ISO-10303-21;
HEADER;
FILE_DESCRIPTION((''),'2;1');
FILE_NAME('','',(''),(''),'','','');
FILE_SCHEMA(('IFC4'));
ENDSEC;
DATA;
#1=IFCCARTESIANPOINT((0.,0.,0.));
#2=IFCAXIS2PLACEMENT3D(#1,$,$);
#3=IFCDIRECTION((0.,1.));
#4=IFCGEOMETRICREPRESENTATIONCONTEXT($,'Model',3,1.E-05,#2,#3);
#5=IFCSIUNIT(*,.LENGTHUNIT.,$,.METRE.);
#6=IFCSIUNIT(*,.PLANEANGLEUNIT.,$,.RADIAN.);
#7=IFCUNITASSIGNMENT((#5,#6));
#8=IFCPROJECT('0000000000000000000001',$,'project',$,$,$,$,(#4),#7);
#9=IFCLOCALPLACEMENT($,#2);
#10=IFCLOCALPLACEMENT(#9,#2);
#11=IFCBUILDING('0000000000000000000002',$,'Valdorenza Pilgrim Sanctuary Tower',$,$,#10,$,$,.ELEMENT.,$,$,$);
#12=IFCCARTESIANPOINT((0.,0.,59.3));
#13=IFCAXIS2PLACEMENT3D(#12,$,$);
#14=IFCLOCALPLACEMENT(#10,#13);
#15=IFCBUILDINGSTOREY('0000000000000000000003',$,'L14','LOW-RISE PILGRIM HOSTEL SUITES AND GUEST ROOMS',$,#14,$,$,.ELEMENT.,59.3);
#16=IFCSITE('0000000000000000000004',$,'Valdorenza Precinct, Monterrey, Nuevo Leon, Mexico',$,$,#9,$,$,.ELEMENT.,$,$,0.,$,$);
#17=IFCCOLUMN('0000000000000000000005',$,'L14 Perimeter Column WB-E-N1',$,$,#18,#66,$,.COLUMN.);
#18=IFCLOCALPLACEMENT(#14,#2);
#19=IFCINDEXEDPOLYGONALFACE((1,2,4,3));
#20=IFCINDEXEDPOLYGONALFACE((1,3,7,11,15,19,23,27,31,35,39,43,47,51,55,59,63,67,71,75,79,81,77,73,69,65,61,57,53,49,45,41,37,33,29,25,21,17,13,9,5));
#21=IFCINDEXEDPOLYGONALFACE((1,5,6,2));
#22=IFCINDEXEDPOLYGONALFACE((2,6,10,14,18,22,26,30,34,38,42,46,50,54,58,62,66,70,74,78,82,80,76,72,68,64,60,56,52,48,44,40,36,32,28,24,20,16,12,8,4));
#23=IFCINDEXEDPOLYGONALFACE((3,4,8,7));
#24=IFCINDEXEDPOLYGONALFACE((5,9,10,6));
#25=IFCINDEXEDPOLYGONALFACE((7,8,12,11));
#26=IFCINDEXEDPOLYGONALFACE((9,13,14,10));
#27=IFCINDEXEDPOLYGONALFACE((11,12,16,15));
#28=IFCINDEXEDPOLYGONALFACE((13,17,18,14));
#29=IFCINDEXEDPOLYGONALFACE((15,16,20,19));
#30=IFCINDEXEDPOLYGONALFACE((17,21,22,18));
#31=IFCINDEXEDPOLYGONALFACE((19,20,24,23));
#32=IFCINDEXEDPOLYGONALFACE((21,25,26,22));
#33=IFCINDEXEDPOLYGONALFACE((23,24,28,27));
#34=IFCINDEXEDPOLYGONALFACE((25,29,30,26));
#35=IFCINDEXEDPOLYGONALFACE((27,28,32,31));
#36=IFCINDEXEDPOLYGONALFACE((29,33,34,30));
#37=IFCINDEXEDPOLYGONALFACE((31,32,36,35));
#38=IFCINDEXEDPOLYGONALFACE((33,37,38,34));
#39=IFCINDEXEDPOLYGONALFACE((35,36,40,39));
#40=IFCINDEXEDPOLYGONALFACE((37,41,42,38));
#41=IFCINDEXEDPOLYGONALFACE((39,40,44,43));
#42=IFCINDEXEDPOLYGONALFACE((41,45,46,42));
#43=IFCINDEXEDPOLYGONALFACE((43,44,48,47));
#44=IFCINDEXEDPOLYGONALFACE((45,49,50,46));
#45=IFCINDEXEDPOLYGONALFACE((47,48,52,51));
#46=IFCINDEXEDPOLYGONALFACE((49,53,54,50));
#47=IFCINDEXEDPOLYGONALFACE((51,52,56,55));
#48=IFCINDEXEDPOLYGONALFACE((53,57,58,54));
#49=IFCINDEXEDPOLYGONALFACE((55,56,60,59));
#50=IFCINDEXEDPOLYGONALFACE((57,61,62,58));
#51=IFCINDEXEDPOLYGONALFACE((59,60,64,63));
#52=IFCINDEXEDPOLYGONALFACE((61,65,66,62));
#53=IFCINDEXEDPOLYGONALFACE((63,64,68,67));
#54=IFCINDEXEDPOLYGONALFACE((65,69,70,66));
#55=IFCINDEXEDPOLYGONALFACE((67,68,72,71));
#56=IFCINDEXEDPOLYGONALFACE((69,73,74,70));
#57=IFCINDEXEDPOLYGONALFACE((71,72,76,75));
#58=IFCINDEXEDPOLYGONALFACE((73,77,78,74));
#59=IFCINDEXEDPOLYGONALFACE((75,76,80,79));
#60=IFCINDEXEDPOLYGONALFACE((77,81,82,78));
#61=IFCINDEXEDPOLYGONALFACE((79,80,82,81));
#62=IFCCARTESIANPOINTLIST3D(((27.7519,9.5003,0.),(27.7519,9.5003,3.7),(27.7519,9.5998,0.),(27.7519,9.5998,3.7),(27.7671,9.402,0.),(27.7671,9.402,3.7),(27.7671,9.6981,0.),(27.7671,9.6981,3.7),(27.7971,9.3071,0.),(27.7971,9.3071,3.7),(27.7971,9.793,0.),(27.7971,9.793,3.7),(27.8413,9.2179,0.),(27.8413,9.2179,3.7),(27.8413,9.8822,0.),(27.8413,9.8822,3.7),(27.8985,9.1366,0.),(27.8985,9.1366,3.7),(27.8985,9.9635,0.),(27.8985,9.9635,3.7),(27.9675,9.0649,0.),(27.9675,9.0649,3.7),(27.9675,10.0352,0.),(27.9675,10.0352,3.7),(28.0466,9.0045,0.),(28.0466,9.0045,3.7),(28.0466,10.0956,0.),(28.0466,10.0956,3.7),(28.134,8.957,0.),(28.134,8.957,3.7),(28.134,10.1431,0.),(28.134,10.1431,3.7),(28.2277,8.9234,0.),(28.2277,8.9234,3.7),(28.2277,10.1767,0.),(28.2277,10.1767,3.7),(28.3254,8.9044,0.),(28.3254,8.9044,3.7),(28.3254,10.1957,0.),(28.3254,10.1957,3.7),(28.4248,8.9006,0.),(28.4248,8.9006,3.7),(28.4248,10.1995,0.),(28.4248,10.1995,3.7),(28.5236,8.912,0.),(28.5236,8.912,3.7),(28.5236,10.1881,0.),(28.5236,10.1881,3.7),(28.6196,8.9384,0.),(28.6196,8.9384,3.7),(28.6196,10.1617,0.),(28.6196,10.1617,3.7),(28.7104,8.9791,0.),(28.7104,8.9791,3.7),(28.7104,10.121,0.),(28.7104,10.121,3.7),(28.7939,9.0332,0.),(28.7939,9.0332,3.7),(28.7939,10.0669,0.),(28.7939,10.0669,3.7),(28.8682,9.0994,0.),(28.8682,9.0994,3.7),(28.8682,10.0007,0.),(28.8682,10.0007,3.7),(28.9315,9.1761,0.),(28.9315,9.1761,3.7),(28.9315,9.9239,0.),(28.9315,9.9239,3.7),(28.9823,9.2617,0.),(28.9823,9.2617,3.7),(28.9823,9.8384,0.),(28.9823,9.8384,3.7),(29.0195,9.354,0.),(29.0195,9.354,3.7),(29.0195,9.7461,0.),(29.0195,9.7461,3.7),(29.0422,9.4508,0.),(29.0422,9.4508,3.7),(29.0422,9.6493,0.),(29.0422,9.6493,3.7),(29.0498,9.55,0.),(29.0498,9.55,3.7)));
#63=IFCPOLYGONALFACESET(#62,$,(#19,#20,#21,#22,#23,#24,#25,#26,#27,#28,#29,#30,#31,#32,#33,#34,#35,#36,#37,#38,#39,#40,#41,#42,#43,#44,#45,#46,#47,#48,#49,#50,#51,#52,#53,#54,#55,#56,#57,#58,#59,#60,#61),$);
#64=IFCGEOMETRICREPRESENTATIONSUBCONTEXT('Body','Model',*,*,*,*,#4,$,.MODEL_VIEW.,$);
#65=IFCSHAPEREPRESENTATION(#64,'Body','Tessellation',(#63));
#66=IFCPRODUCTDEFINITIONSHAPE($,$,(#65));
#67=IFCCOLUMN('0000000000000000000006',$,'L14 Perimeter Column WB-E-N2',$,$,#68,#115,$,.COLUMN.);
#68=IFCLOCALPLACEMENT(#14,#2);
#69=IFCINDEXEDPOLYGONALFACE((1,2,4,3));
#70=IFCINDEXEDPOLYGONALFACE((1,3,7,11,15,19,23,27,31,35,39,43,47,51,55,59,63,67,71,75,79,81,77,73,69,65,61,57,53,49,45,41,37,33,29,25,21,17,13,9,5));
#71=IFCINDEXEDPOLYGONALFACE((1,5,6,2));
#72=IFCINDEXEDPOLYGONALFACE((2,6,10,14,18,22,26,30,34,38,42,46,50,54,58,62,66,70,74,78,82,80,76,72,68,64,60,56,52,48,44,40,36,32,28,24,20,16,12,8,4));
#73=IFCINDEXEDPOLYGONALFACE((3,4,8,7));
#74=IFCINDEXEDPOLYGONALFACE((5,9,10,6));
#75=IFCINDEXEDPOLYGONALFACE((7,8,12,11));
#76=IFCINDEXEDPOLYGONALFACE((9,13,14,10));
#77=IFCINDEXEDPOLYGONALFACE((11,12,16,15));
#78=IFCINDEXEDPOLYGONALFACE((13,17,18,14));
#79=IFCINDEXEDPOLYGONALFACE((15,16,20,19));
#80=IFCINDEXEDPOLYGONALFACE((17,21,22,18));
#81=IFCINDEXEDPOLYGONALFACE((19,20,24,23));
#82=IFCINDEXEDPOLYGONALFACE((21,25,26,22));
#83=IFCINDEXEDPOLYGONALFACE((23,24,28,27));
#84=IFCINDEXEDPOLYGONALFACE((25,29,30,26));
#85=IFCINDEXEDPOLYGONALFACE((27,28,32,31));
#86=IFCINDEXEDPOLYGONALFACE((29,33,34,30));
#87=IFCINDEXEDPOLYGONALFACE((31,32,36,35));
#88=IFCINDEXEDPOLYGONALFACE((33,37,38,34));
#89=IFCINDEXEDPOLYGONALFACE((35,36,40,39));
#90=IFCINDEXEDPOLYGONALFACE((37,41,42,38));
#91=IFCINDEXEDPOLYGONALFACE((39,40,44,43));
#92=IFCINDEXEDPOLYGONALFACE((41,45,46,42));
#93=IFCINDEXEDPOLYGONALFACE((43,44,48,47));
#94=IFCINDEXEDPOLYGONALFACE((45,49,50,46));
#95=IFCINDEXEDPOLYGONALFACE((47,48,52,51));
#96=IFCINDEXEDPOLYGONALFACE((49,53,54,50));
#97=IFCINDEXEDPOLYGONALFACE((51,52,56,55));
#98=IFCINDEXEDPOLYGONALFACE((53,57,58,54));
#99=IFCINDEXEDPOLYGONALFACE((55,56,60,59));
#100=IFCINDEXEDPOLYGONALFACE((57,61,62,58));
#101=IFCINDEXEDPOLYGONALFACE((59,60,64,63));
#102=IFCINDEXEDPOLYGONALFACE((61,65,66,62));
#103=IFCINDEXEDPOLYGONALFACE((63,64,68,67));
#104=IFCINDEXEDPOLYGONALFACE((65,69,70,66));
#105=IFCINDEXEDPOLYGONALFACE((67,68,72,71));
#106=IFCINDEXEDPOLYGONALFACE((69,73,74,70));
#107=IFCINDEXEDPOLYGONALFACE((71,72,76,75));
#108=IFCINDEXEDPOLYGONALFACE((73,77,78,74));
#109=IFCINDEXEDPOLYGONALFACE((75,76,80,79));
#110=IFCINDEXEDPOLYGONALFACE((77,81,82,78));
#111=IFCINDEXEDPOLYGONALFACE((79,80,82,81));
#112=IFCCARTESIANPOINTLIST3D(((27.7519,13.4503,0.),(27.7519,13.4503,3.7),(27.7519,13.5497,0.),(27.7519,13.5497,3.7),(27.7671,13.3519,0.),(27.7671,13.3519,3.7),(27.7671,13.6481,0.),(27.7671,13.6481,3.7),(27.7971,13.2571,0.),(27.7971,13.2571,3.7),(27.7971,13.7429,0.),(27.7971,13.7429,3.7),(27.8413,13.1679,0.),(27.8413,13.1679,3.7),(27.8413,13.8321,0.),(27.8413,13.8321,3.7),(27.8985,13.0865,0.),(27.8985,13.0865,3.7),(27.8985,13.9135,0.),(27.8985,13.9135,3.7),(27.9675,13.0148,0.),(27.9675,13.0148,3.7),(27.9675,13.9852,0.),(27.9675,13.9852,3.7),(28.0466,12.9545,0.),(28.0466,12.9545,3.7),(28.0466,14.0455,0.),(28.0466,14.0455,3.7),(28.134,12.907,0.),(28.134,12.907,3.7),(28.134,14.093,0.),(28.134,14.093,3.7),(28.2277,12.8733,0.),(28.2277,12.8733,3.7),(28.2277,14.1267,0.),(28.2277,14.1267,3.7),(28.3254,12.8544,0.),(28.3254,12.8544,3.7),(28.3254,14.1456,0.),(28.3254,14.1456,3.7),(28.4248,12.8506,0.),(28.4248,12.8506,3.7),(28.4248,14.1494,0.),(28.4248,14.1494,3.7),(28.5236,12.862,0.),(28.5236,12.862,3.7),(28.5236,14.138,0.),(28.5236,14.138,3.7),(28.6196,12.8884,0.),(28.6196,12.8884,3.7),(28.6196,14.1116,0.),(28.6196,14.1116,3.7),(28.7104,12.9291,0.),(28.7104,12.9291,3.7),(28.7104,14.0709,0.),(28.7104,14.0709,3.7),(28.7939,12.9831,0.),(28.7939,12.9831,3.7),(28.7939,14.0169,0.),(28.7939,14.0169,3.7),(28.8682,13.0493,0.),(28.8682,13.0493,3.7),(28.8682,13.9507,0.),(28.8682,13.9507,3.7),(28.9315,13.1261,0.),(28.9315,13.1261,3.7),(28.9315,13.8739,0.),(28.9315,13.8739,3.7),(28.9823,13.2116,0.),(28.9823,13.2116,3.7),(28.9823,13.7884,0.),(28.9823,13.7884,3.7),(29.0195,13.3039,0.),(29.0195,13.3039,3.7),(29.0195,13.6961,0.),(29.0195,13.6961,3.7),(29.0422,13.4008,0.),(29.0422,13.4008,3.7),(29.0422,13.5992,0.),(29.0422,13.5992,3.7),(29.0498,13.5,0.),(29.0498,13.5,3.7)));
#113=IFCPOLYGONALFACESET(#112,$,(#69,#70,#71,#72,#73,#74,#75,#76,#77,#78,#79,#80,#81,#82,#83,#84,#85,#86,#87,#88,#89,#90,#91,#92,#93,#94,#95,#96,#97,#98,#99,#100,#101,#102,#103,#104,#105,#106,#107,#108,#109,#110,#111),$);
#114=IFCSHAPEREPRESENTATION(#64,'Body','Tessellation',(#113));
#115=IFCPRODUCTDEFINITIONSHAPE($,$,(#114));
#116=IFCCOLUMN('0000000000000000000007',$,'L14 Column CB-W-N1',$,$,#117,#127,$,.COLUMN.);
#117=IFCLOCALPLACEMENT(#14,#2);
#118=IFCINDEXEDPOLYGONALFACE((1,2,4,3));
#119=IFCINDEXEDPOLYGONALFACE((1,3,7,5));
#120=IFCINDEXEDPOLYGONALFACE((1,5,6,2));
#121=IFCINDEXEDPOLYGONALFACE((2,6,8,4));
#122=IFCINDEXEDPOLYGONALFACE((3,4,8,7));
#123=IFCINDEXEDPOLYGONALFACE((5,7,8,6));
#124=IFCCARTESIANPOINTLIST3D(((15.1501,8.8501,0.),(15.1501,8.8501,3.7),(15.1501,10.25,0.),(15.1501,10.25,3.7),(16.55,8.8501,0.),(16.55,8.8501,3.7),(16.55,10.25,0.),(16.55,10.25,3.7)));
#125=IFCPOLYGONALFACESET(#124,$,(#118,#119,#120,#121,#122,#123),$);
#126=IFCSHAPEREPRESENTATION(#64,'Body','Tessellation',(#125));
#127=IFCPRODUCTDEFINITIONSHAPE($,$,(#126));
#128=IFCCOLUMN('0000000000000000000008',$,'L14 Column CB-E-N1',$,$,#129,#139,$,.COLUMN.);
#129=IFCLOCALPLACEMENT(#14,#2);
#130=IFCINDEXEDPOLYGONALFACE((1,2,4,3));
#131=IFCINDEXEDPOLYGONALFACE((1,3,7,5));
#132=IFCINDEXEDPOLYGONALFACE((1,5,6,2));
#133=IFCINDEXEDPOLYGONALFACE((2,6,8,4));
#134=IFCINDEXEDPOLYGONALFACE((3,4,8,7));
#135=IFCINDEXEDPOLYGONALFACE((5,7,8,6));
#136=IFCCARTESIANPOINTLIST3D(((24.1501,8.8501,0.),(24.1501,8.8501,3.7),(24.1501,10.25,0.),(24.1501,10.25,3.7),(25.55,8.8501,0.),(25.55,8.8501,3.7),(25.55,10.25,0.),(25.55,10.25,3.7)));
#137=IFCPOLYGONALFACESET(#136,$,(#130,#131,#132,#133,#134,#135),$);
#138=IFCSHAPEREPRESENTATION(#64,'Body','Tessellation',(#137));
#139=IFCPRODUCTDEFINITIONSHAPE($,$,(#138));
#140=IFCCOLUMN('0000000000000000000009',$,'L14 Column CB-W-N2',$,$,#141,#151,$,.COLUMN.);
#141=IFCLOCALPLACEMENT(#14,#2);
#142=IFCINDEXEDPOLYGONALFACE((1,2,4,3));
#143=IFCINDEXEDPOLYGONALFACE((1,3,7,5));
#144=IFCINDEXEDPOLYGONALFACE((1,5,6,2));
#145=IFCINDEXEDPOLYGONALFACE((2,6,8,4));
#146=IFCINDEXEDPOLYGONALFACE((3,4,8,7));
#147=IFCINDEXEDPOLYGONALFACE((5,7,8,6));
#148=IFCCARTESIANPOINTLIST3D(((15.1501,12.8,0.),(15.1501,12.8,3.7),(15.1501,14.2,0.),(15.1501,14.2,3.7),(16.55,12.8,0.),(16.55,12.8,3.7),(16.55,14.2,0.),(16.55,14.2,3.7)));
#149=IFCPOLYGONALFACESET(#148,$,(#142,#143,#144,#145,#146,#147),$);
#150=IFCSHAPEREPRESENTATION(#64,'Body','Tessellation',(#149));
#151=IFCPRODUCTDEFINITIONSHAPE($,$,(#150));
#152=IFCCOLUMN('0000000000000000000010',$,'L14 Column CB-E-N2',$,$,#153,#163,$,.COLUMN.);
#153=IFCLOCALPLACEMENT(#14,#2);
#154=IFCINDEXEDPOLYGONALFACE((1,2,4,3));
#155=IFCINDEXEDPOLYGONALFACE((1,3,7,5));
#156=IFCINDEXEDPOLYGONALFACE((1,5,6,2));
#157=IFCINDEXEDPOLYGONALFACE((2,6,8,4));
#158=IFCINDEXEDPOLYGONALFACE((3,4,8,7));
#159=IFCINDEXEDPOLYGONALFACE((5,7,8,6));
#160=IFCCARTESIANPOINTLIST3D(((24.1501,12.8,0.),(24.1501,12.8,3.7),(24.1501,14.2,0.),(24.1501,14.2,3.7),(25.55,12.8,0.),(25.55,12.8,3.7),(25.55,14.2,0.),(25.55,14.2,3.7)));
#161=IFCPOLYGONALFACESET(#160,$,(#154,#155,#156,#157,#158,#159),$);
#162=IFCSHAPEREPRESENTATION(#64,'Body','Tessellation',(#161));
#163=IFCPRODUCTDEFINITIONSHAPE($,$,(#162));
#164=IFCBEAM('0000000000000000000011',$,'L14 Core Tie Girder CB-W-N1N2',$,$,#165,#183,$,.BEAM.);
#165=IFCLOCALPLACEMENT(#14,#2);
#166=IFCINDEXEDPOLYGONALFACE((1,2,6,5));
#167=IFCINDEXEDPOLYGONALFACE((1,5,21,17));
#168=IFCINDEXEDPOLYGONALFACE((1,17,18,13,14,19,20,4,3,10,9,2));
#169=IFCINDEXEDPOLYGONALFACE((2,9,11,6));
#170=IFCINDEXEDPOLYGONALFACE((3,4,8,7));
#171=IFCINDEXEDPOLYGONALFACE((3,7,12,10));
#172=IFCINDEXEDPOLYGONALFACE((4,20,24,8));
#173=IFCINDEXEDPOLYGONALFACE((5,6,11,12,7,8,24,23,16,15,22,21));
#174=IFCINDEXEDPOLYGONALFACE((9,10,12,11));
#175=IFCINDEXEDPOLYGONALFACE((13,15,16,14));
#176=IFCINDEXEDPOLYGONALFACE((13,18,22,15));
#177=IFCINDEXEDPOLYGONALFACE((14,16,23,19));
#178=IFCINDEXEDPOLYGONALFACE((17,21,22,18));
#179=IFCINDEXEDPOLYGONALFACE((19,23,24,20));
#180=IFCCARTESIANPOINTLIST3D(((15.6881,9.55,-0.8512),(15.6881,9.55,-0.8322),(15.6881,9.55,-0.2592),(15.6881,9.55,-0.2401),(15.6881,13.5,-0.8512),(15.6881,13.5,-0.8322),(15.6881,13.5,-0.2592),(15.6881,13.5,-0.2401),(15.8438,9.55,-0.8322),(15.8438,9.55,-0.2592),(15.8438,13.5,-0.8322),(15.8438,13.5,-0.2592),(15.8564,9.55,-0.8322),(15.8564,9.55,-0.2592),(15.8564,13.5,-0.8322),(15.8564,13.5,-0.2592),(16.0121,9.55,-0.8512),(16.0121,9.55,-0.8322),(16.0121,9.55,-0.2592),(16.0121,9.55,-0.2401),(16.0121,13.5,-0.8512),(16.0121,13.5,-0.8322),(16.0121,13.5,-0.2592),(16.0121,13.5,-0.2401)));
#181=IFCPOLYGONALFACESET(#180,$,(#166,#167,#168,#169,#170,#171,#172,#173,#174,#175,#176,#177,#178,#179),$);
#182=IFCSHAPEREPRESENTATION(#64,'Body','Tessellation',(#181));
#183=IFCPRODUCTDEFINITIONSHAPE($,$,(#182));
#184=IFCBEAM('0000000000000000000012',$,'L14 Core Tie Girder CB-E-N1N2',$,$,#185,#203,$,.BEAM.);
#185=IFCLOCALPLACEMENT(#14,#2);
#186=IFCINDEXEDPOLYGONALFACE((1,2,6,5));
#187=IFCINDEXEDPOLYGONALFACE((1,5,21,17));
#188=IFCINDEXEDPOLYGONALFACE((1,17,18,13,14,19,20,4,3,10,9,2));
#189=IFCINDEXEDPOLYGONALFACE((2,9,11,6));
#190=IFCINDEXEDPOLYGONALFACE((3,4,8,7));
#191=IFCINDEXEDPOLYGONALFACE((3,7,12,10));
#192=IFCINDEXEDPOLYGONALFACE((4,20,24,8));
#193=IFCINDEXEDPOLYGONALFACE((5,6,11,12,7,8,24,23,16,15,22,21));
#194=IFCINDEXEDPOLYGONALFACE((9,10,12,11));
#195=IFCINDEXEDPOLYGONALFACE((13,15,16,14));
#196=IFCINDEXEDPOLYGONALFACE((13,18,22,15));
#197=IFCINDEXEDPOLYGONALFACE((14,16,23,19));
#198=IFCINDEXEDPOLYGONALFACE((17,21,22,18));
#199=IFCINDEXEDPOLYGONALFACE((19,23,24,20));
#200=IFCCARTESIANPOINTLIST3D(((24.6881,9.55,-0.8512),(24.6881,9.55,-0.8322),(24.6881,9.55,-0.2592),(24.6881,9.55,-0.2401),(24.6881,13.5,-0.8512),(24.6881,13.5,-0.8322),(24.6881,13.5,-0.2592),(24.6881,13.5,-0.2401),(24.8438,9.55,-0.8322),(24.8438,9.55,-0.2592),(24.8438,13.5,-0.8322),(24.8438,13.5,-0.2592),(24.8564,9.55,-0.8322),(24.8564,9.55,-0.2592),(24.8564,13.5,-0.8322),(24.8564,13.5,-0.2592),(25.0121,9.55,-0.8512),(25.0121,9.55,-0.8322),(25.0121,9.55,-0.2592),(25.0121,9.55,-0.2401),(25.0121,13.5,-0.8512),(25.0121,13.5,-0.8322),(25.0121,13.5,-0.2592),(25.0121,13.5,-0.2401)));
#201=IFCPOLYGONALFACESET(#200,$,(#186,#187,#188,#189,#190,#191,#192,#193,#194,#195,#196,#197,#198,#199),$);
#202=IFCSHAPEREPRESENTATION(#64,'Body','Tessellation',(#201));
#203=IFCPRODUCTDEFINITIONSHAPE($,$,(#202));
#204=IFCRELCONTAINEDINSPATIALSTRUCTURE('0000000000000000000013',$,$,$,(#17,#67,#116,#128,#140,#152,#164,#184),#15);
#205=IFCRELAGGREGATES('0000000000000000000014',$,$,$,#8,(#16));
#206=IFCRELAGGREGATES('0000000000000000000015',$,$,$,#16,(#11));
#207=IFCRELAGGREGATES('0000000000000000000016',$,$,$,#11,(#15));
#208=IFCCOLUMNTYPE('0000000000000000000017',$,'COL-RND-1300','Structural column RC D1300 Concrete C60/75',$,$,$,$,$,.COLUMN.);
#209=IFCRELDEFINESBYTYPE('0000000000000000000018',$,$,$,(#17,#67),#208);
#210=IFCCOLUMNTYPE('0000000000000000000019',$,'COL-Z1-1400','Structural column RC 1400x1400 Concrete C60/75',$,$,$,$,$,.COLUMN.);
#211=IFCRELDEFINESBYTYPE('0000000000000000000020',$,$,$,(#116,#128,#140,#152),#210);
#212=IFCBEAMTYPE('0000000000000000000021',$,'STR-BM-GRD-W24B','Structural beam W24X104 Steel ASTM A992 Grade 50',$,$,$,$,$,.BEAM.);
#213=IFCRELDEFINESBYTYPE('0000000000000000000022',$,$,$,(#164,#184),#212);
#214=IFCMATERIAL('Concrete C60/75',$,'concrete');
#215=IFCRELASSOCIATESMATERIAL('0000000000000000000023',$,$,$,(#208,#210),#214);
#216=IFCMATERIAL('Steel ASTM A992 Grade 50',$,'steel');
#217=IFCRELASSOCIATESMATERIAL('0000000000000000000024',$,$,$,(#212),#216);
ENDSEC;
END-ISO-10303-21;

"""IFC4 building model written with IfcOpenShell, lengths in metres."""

from ifc_helpers import new_model, si_unit, direction, frame, origin, origin_2d, place, context, subcontext, project, spatial, rectangle, circle, i_section, extrude, source, transform, mapped, material, material_profile, profile_set, type_object, element, save


model = new_model("IFC4")

# Units and contexts
model_context = context("Model", 3, precision=1e-05, world=origin(), true_north=direction((0.0, 1.0)))
body_context = subcontext(model_context, "Body", "Model", "MODEL_VIEW")
ifc_project = project(units=[si_unit("LENGTHUNIT", "METRE"), si_unit("PLANEANGLEUNIT", "RADIAN")], contexts=[model_context])

# Site, building, storey
site_placement = place(None, origin())
site = spatial("IfcSite", under=ifc_project, at=site_placement, Name="Valdorenza Precinct, Monterrey, Nuevo Leon, Mexico", CompositionType="ELEMENT", RefElevation=0.0)
building_placement = place(site_placement, origin())
building = spatial("IfcBuilding", under=site, at=building_placement, Name="Valdorenza Pilgrim Sanctuary Tower", CompositionType="ELEMENT")
storey_placement = place(building_placement, frame((0.0, 0.0, 59.3)))
storey = spatial("IfcBuildingStorey", under=building, at=storey_placement, Name="L14", Description="LOW-RISE PILGRIM HOSTEL SUITES AND GUEST ROOMS", CompositionType="ELEMENT", Elevation=59.3)

# Columns
ifc_material_1 = material(Name="Concrete C60/75", Category="concrete")
ifc_material_profile_1 = material_profile(ifc_material_1, circle(Radius=0.6499, at=origin_2d()), Name="RC D1300")
ifc_profile_set_1 = profile_set([ifc_material_profile_1], Name="Concrete C60/75")
column_type_1 = type_object("IfcColumnType", Name="COL-RND-1300", Description="Structural column RC D1300 Concrete C60/75", PredefinedType="COLUMN", material=ifc_profile_set_1)
shared_shape_1 = source(origin(), body_context, "Body", "SweptSolid", [
    extrude(circle(Radius=0.6499, at=origin_2d()), origin(), (0.0, 0.0, 1.0), 3.7),
])
for number, where, z_axis, x_axis, name in (
    (1, (28.3999, 9.55, 0.0), (0.0, 0.0, 1.0), (1.0, 0.0, 0.0), "L14 Perimeter Column WB-E-N1"),
    (2, (28.3999, 13.5, 0.0), (0.0, 0.0, 1.0), (1.0, 0.0, 0.0), "L14 Perimeter Column WB-E-N2"),
):
    element("IfcColumn", number, at=place(storey_placement, frame(where, z_axis=z_axis, x_axis=x_axis)), inside=storey, type_object=column_type_1, Name=name, PredefinedType="COLUMN", context=body_context, shape_type="MappedRepresentation", body=[
        mapped(shared_shape_1, transform((0.0, 0.0, 0.0), x_axis=(1.0, 0.0, 0.0), y_axis=(0.0, 1.0, 0.0), z_axis=(0.0, 0.0, 1.0), scale=1.0)),
    ])
ifc_material_profile_2 = material_profile(ifc_material_1, rectangle(XDim=1.3999, YDim=1.3999, at=origin_2d()), Name="RC 1400x1400")
ifc_profile_set_2 = profile_set([ifc_material_profile_2], Name="Concrete C60/75")
column_type_2 = type_object("IfcColumnType", Name="COL-Z1-1400", Description="Structural column RC 1400x1400 Concrete C60/75", PredefinedType="COLUMN", material=ifc_profile_set_2)
shared_shape_2 = source(origin(), body_context, "Body", "SweptSolid", [
    extrude(rectangle(XDim=1.3999, YDim=1.3999, at=origin_2d()), origin(), (0.0, 0.0, 1.0), 3.7),
])
for number, where, z_axis, x_axis, name in (
    (3, (15.8501, 9.55, 0.0), (0.0, 0.0, 1.0), (1.0, 0.0, 0.0), "L14 Column CB-W-N1"),
    (4, (24.8501, 9.55, 0.0), (0.0, 0.0, 1.0), (1.0, 0.0, 0.0), "L14 Column CB-E-N1"),
    (5, (15.8501, 13.5, 0.0), (0.0, 0.0, 1.0), (1.0, 0.0, 0.0), "L14 Column CB-W-N2"),
    (6, (24.8501, 13.5, 0.0), (0.0, 0.0, 1.0), (1.0, 0.0, 0.0), "L14 Column CB-E-N2"),
):
    element("IfcColumn", number, at=place(storey_placement, frame(where, z_axis=z_axis, x_axis=x_axis)), inside=storey, type_object=column_type_2, Name=name, PredefinedType="COLUMN", context=body_context, shape_type="MappedRepresentation", body=[
        mapped(shared_shape_2, transform((0.0, 0.0, 0.0), x_axis=(1.0, 0.0, 0.0), y_axis=(0.0, 1.0, 0.0), z_axis=(0.0, 0.0, 1.0), scale=1.0)),
    ])

# Beams
ifc_material_2 = material(Name="Steel ASTM A992 Grade 50", Category="steel")
ifc_material_profile_3 = material_profile(ifc_material_2, i_section(OverallWidth=0.324, OverallDepth=0.6111, WebThickness=0.0127, FlangeThickness=0.019, at=origin_2d()), Name="W24X104")
ifc_profile_set_3 = profile_set([ifc_material_profile_3], Name="Steel ASTM A992 Grade 50")
beam_type_1 = type_object("IfcBeamType", Name="STR-BM-GRD-W24B", Description="Structural beam W24X104 Steel ASTM A992 Grade 50", PredefinedType="BEAM", material=ifc_profile_set_3)
shared_shape_3 = source(origin(), body_context, "Body", "SweptSolid", [
    extrude(i_section(OverallWidth=0.324, OverallDepth=0.6111, WebThickness=0.0127, FlangeThickness=0.019, at=origin_2d()), origin(), (0.0, 0.0, 1.0), 3.95),
])
for number, where, z_axis, x_axis, name in (
    (7, (15.8501, 9.55, -0.5457), (0.0, 1.0, 0.0), (-1.0, 0.0, 0.0), "L14 Core Tie Girder CB-W-N1N2"),
    (8, (24.8501, 9.55, -0.5457), (0.0, 1.0, 0.0), (-1.0, 0.0, 0.0), "L14 Core Tie Girder CB-E-N1N2"),
):
    element("IfcBeam", number, at=place(storey_placement, frame(where, z_axis=z_axis, x_axis=x_axis)), inside=storey, type_object=beam_type_1, Name=name, PredefinedType="BEAM", context=body_context, shape_type="MappedRepresentation", body=[
        mapped(shared_shape_3, transform((0.0, 0.0, 0.0), x_axis=(1.0, 0.0, 0.0), y_axis=(0.0, 1.0, 0.0), z_axis=(0.0, 0.0, 1.0), scale=1.0)),
    ])

save(model, "model.ifc")
